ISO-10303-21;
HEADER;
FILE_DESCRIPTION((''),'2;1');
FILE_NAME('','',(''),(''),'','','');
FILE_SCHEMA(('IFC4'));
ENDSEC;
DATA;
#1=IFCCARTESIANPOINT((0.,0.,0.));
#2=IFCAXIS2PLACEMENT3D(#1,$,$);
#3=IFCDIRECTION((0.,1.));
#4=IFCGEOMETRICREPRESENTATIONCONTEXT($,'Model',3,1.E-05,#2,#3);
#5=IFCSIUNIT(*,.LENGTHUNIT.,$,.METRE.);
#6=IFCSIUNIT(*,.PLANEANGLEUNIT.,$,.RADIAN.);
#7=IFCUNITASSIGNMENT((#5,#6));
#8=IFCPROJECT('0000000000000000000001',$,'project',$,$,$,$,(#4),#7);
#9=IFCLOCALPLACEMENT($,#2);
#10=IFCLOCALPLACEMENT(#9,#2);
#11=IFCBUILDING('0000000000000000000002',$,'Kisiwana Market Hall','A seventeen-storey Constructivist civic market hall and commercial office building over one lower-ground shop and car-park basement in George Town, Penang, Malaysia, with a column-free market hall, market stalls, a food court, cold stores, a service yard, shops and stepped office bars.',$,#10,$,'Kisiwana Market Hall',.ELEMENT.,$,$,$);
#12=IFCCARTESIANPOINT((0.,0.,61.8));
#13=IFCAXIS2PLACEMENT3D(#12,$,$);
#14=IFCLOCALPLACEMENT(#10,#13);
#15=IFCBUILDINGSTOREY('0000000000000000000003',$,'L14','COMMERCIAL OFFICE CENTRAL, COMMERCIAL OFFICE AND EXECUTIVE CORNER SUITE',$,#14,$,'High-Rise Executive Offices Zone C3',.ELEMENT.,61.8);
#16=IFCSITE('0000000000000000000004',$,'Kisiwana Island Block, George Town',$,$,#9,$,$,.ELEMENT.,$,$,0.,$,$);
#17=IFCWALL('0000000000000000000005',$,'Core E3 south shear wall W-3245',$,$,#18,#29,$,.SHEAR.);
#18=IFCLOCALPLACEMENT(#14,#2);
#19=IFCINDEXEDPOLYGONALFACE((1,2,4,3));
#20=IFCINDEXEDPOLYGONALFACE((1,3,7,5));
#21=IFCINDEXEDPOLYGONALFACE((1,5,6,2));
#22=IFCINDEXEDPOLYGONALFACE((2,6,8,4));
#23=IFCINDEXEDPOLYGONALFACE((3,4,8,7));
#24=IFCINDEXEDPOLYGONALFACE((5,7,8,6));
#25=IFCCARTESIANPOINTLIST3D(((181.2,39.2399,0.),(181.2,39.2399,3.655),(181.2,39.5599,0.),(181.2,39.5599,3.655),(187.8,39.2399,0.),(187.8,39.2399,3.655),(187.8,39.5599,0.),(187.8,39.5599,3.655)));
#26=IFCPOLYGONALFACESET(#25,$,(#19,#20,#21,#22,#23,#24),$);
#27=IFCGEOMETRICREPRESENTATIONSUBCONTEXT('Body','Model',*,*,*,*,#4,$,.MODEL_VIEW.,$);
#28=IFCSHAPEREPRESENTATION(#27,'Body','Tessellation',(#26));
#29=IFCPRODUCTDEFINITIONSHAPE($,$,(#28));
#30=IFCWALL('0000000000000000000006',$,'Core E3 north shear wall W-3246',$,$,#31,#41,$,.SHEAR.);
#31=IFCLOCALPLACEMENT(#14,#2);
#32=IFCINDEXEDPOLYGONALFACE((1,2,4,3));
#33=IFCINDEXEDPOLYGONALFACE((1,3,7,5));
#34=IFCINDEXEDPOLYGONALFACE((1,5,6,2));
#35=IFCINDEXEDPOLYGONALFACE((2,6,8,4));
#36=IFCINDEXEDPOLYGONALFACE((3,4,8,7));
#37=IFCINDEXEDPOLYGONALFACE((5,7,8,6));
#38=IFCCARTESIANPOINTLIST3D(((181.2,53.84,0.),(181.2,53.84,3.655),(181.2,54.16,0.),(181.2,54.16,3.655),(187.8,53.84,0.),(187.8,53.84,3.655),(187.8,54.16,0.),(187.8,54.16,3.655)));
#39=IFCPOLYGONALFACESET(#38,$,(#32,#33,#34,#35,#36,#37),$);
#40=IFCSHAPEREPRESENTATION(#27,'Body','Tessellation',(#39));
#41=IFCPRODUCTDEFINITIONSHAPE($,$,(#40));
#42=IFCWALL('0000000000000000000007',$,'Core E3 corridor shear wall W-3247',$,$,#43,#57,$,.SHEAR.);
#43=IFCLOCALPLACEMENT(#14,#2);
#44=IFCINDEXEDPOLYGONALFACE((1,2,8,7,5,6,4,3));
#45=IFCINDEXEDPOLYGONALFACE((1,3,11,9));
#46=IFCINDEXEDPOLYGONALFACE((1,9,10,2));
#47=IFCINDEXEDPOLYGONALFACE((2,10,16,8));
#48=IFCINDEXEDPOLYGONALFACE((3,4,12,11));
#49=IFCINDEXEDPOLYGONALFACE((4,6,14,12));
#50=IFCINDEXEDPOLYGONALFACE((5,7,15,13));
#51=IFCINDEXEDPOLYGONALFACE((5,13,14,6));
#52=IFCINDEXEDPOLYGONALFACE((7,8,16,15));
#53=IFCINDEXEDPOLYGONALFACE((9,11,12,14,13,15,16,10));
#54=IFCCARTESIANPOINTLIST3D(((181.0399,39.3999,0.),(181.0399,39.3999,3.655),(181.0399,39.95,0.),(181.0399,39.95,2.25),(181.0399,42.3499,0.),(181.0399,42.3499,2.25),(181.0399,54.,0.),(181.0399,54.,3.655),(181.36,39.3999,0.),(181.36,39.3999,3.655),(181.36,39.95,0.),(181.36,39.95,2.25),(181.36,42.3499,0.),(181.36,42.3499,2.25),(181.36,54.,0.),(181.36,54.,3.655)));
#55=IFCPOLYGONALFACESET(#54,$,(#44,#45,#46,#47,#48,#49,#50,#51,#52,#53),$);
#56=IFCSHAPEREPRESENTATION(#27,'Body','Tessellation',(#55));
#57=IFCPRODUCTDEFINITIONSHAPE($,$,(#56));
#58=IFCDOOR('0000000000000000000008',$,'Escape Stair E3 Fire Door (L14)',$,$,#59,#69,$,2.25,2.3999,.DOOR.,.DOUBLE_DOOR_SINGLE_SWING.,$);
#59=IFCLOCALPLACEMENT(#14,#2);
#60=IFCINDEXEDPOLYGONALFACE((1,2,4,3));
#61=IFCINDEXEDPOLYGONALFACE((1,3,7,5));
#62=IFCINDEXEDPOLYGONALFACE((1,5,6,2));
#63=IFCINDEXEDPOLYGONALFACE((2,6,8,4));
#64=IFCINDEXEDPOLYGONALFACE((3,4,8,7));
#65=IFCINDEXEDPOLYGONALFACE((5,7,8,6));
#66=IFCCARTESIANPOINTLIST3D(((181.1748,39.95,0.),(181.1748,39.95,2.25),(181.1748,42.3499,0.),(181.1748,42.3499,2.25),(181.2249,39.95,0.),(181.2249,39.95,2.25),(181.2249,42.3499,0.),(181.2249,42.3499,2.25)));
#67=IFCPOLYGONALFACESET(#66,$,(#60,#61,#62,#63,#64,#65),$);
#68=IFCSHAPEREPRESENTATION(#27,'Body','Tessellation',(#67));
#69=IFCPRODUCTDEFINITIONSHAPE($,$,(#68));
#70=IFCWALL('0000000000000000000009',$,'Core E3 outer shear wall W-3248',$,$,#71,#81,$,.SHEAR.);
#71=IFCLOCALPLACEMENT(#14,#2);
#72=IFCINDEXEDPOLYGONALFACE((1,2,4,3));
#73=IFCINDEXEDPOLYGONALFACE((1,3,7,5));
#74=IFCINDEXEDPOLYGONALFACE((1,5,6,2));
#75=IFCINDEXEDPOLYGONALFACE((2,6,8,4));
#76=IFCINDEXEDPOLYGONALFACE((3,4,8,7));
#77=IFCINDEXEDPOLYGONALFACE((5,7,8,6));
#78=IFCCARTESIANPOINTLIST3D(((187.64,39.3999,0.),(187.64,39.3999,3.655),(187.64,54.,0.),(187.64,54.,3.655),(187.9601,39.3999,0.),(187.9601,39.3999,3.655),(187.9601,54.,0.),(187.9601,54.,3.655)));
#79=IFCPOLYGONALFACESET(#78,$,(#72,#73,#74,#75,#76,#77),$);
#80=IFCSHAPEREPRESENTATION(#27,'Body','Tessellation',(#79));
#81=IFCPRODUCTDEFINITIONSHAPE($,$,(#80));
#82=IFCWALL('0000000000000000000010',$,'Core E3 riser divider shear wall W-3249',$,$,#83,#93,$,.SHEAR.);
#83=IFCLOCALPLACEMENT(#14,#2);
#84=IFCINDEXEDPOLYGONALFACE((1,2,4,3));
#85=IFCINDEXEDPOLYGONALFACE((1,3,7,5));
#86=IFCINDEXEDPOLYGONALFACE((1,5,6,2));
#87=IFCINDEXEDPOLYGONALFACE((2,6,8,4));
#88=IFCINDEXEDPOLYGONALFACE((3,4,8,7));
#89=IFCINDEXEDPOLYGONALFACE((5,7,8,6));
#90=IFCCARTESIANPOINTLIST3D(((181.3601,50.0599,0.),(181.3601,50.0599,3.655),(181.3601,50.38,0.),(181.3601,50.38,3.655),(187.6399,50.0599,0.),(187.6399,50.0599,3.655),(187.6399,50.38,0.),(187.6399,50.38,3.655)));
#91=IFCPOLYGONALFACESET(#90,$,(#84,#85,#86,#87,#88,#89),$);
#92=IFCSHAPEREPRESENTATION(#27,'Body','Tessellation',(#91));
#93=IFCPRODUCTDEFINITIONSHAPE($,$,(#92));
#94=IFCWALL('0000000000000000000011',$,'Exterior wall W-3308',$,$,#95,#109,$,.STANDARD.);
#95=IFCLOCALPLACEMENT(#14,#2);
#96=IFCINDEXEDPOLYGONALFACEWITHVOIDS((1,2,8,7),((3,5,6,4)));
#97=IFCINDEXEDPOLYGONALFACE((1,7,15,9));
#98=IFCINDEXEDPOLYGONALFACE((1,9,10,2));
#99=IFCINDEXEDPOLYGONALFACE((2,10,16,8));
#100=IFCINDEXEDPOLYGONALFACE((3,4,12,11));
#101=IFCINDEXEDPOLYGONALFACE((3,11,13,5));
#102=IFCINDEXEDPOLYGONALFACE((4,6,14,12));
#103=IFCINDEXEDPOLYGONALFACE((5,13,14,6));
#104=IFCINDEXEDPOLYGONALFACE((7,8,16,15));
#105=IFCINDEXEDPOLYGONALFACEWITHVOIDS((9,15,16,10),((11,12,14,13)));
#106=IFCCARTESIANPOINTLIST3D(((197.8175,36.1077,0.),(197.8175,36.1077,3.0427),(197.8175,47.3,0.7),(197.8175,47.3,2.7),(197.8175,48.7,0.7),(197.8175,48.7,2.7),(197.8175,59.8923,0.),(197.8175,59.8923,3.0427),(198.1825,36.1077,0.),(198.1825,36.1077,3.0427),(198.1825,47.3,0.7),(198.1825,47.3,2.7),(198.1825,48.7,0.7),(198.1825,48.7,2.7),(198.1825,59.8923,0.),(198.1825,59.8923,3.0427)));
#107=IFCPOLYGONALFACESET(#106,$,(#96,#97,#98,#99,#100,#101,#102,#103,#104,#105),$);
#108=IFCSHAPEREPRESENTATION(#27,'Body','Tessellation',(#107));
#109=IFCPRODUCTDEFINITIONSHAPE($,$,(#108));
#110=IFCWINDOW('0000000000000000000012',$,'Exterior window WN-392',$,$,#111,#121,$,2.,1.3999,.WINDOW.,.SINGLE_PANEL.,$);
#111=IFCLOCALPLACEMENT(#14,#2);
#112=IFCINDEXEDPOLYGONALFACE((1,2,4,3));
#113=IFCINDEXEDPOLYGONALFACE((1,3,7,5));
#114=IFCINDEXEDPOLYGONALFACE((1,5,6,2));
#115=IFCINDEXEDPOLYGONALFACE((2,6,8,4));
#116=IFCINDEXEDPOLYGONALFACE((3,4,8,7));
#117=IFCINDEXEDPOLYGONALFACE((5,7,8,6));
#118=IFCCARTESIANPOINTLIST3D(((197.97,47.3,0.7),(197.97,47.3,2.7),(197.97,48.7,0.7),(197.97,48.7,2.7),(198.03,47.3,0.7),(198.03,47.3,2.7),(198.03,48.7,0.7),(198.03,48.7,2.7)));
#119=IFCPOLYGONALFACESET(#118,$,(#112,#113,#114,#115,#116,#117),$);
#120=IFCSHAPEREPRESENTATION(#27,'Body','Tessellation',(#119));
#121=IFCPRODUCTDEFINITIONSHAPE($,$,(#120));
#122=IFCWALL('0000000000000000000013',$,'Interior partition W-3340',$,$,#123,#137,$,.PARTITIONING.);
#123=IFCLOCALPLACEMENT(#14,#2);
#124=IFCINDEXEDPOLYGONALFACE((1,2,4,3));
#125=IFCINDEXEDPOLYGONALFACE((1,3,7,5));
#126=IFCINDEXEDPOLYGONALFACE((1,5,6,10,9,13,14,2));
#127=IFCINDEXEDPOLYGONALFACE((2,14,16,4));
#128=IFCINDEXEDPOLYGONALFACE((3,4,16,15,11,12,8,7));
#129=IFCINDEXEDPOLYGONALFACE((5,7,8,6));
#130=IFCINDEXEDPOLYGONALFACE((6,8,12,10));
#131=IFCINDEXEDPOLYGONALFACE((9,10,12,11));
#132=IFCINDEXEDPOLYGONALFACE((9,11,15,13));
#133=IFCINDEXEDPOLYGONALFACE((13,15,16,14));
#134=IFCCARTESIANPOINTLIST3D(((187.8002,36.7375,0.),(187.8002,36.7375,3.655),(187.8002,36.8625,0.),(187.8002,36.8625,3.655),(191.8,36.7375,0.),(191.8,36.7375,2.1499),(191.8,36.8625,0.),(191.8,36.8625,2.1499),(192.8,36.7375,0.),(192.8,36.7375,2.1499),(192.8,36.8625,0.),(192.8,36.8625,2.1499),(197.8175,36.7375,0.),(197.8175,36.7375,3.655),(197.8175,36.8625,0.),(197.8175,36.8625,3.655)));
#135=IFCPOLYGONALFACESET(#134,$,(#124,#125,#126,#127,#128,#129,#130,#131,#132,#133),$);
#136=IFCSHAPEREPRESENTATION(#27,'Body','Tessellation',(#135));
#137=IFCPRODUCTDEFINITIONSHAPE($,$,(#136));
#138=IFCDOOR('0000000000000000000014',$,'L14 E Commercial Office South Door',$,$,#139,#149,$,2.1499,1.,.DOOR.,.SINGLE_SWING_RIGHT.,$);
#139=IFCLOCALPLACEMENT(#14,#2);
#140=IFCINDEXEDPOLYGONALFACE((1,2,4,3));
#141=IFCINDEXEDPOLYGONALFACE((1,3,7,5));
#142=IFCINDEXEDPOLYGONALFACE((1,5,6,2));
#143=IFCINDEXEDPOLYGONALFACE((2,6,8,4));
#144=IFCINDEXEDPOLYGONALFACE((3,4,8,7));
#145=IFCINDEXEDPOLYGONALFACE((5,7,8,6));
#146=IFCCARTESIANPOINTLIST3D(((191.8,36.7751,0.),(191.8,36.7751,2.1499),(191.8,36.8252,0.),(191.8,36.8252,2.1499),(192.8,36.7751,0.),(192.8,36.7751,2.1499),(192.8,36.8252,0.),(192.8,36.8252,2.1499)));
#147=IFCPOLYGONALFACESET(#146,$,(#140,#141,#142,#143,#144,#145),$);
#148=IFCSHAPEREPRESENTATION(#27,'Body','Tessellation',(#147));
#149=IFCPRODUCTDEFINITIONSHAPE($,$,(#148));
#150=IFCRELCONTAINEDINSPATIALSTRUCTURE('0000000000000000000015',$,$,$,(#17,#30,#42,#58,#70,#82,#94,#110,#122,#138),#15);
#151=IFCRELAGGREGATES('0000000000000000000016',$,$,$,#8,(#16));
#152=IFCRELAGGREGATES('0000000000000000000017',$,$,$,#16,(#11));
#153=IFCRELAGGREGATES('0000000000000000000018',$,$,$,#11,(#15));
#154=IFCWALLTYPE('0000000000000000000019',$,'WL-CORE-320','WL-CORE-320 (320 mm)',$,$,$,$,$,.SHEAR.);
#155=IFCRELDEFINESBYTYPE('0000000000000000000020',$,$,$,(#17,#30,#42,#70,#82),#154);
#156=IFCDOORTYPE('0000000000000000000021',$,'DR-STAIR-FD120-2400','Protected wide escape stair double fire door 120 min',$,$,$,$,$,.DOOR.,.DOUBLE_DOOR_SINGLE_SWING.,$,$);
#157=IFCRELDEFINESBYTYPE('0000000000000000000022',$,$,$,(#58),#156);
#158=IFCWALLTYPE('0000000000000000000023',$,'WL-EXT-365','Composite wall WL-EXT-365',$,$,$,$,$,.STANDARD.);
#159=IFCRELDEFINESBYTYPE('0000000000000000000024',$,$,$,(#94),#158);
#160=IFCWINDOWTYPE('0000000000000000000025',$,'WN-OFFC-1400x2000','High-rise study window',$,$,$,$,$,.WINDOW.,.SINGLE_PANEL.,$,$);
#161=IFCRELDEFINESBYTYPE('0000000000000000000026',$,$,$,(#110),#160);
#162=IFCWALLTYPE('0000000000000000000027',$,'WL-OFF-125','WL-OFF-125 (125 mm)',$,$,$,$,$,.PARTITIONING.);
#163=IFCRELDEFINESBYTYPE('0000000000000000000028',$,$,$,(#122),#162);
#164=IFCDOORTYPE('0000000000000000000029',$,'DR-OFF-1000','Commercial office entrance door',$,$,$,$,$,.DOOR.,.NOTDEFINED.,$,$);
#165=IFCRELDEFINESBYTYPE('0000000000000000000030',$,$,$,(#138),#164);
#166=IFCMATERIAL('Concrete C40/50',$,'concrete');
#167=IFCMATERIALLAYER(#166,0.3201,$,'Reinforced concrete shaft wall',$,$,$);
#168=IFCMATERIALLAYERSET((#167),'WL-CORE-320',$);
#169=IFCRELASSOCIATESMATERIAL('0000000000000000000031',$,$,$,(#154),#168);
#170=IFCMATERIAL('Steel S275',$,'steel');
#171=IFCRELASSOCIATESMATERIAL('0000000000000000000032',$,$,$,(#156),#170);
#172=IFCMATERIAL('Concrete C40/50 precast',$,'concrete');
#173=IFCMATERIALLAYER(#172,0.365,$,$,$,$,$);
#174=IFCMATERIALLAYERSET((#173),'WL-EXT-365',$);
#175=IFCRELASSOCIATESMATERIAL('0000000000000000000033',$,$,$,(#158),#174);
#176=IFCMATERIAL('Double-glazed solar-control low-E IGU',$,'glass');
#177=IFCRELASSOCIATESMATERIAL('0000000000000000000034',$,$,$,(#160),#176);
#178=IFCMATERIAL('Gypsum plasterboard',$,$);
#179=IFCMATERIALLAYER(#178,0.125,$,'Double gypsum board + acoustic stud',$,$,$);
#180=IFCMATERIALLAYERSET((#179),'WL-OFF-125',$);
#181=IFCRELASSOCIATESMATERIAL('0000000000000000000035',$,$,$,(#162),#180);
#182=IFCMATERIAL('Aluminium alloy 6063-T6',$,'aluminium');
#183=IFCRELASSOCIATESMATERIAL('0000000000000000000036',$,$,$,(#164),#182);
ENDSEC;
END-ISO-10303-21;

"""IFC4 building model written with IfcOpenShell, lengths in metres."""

from ifc_helpers import new_model, si_unit, direction, frame, frame_2d, origin, place, context, subcontext, project, spatial, rectangle, extrude, material, layer, layer_set, type_object, element, fill, save


model = new_model("IFC4")

# Units and contexts
model_context = context("Model", 3, precision=1e-05, world=origin(), true_north=direction((0.0, 1.0)))
body_context = subcontext(model_context, "Body", "Model", "MODEL_VIEW")
ifc_project = project(units=[si_unit("LENGTHUNIT", "METRE"), si_unit("PLANEANGLEUNIT", "RADIAN")], contexts=[model_context])

# Site, building, storey
site_placement = place(None, origin())
site = spatial("IfcSite", under=ifc_project, at=site_placement, Name="Kisiwana Island Block, George Town", CompositionType="ELEMENT", RefElevation=0.0)
building_placement = place(site_placement, origin())
building = spatial("IfcBuilding", under=site, at=building_placement, Name="Kisiwana Market Hall", Description="A seventeen-storey Constructivist civic market hall and commercial office building over one lower-ground shop and car-park basement in George Town, Penang, Malaysia, with a column-free market hall, market stalls, a food court, cold stores, a service yard, shops and stepped office bars.", LongName="Kisiwana Market Hall", CompositionType="ELEMENT")
storey_placement = place(building_placement, frame((0.0, 0.0, 61.8)))
storey = spatial("IfcBuildingStorey", under=building, at=storey_placement, Name="L14", Description="COMMERCIAL OFFICE CENTRAL, COMMERCIAL OFFICE AND EXECUTIVE CORNER SUITE", LongName="High-Rise Executive Offices Zone C3", CompositionType="ELEMENT", Elevation=61.8)

# Walls
ifc_material_1 = material(Name="Concrete C40/50", Category="concrete")
ifc_layer_1 = layer(ifc_material_1, 0.3201, Name="Reinforced concrete shaft wall")
ifc_layer_set_1 = layer_set([ifc_layer_1], Name="WL-CORE-320")
wall_type_1 = type_object("IfcWallType", Name="WL-CORE-320", Description="WL-CORE-320 (320 mm)", PredefinedType="SHEAR", material=ifc_layer_set_1)
for number, where, z_axis, x_axis, name in (
    (1, (181.2, 39.3999, 0.0), (0.0, 0.0, 1.0), (1.0, 0.0, 0.0), "Core E3 south shear wall W-3245"),
    (2, (181.2, 54.0, 0.0), (0.0, 0.0, 1.0), (1.0, 0.0, 0.0), "Core E3 north shear wall W-3246"),
):
    element("IfcWall", number, at=place(storey_placement, frame(where, z_axis=z_axis, x_axis=x_axis)), inside=storey, type_object=wall_type_1, Name=name, PredefinedType="SHEAR", context=body_context, shape_type="SweptSolid", body=[
        extrude(rectangle(XDim=6.6001, YDim=0.3201, at=frame_2d((3.3, 0.0))), origin(), (0.0, 0.0, 1.0), 3.655),
    ])

# Wall, opening, door
wall_1_placement = place(storey_placement, frame((181.2, 39.3999, 0.0), z_axis=(0.0, 0.0, 1.0), x_axis=(0.0, 1.0, 0.0)))
wall_1 = element("IfcWall", 3, at=wall_1_placement, inside=storey, type_object=wall_type_1, Name="Core E3 corridor shear wall W-3247", PredefinedType="SHEAR", context=body_context, shape_type="SweptSolid", body=[
    extrude(rectangle(XDim=14.6001, YDim=0.3201, at=frame_2d((7.3, 0.0))), origin(), (0.0, 0.0, 1.0), 3.655),
])
opening_1_placement = place(wall_1_placement, frame((0.55, 0.0, 0.0)))
opening_1 = element("IfcOpeningElement", 4, at=opening_1_placement, cuts=wall_1, PredefinedType="OPENING", context=body_context, shape_type="SweptSolid", body=[
    extrude(rectangle(XDim=2.3999, YDim=2.25, at=frame_2d((1.2, 1.125))), frame((0.0, 0.1719, 0.0), z_axis=(0.0, -1.0, 0.0), x_axis=(1.0, 0.0, 0.0)), (0.0, 0.0, 1.0), 0.344),
])
ifc_material_2 = material(Name="Steel S275", Category="steel")
door_type_1 = type_object("IfcDoorType", Name="DR-STAIR-FD120-2400", Description="Protected wide escape stair double fire door 120 min", OperationType="DOUBLE_DOOR_SINGLE_SWING", PredefinedType="DOOR", material=ifc_material_2)
door_1_placement = place(opening_1_placement, frame((2.3999, 0.0, 0.0), z_axis=(0.0, 0.0, 1.0), x_axis=(-1.0, 0.0, 0.0)))
door_1 = element("IfcDoor", 5, at=door_1_placement, inside=storey, type_object=door_type_1, Name="Escape Stair E3 Fire Door (L14)", OperationType="DOUBLE_DOOR_SINGLE_SWING", OverallHeight=2.25, OverallWidth=2.3999, PredefinedType="DOOR", context=body_context, shape_type="SweptSolid", body=[
    extrude(rectangle(XDim=2.3999, YDim=2.25, at=frame_2d((1.2, 1.125))), frame((0.0, 0.0249, 0.0), z_axis=(0.0, -1.0, 0.0), x_axis=(1.0, 0.0, 0.0)), (0.0, 0.0, 1.0), 0.05),
])
fill(opening_1, door_1)

# Walls
wall_2_placement = place(storey_placement, frame((187.8, 39.3999, 0.0), z_axis=(0.0, 0.0, 1.0), x_axis=(0.0, 1.0, 0.0)))
element("IfcWall", 6, at=wall_2_placement, inside=storey, type_object=wall_type_1, Name="Core E3 outer shear wall W-3248", PredefinedType="SHEAR", context=body_context, shape_type="SweptSolid", body=[
    extrude(rectangle(XDim=14.6001, YDim=0.3201, at=frame_2d((7.3, 0.0))), origin(), (0.0, 0.0, 1.0), 3.655),
])
wall_3_placement = place(storey_placement, frame((181.3601, 50.22, 0.0), z_axis=(0.0, 0.0, 1.0), x_axis=(1.0, 0.0, 0.0)))
element("IfcWall", 7, at=wall_3_placement, inside=storey, type_object=wall_type_1, Name="Core E3 riser divider shear wall W-3249", PredefinedType="SHEAR", context=body_context, shape_type="SweptSolid", body=[
    extrude(rectangle(XDim=6.2798, YDim=0.3201, at=frame_2d((3.1399, 0.0))), origin(), (0.0, 0.0, 1.0), 3.655),
])

# Wall, opening, window
ifc_material_3 = material(Name="Concrete C40/50 precast", Category="concrete")
ifc_layer_2 = layer(ifc_material_3, 0.365)
ifc_layer_set_2 = layer_set([ifc_layer_2], Name="WL-EXT-365")
wall_type_2 = type_object("IfcWallType", Name="WL-EXT-365", Description="Composite wall WL-EXT-365", PredefinedType="STANDARD", material=ifc_layer_set_2)
wall_4_placement = place(storey_placement, frame((198.0, 36.1077, 0.0), z_axis=(0.0, 0.0, 1.0), x_axis=(0.0, 1.0, 0.0)))
wall_4 = element("IfcWall", 8, at=wall_4_placement, inside=storey, type_object=wall_type_2, Name="Exterior wall W-3308", PredefinedType="STANDARD", context=body_context, shape_type="SweptSolid", body=[
    extrude(rectangle(XDim=23.7847, YDim=0.365, at=frame_2d((11.8923, 0.0))), origin(), (0.0, 0.0, 1.0), 3.0427),
])
opening_2_placement = place(wall_4_placement, frame((11.1924, 0.0, 0.7)))
opening_2 = element("IfcOpeningElement", 9, at=opening_2_placement, cuts=wall_4, PredefinedType="OPENING", context=body_context, shape_type="SweptSolid", body=[
    extrude(rectangle(XDim=1.3999, YDim=2.0, at=frame_2d((0.7, 1.0))), frame((0.0, 0.1943, 0.0), z_axis=(0.0, -1.0, 0.0), x_axis=(1.0, 0.0, 0.0)), (0.0, 0.0, 1.0), 0.3889),
])
ifc_material_4 = material(Name="Double-glazed solar-control low-E IGU", Category="glass")
window_type = type_object("IfcWindowType", Name="WN-OFFC-1400x2000", Description="High-rise study window", PartitioningType="SINGLE_PANEL", PredefinedType="WINDOW", material=ifc_material_4)
window_placement = place(opening_2_placement, origin())
window = element("IfcWindow", 10, at=window_placement, inside=storey, type_object=window_type, Name="Exterior window WN-392", OverallHeight=2.0, OverallWidth=1.3999, PartitioningType="SINGLE_PANEL", PredefinedType="WINDOW", context=body_context, shape_type="SweptSolid", body=[
    extrude(rectangle(XDim=1.3999, YDim=2.0, at=frame_2d((0.7, 1.0))), frame((0.0, 0.03, 0.0), z_axis=(0.0, -1.0, 0.0), x_axis=(1.0, 0.0, 0.0)), (0.0, 0.0, 1.0), 0.0601),
])
fill(opening_2, window)

# Wall, opening, door
ifc_material_5 = material(Name="Gypsum plasterboard")
ifc_layer_3 = layer(ifc_material_5, 0.125, Name="Double gypsum board + acoustic stud")
ifc_layer_set_3 = layer_set([ifc_layer_3], Name="WL-OFF-125")
wall_type_3 = type_object("IfcWallType", Name="WL-OFF-125", Description="WL-OFF-125 (125 mm)", PredefinedType="PARTITIONING", material=ifc_layer_set_3)
wall_5_placement = place(storey_placement, frame((187.8, 36.8, 0.0), z_axis=(0.0, 0.0, 1.0), x_axis=(1.0, 0.0, 0.0)))
wall_5 = element("IfcWall", 11, at=wall_5_placement, inside=storey, type_object=wall_type_3, Name="Interior partition W-3340", PredefinedType="PARTITIONING", context=body_context, shape_type="SweptSolid", body=[
    extrude(rectangle(XDim=10.0173, YDim=0.125, at=frame_2d((5.0088, 0.0))), origin(), (0.0, 0.0, 1.0), 3.655),
])
opening_3_placement = place(wall_5_placement, frame((4.0, 0.0, 0.0)))
opening_3 = element("IfcOpeningElement", 12, at=opening_3_placement, cuts=wall_5, PredefinedType="OPENING", context=body_context, shape_type="SweptSolid", body=[
    extrude(rectangle(XDim=1.0, YDim=2.1499, at=frame_2d((0.5, 1.075))), frame((0.0, 0.0745, 0.0), z_axis=(0.0, -1.0, 0.0), x_axis=(1.0, 0.0, 0.0)), (0.0, 0.0, 1.0), 0.1489),
])
ifc_material_6 = material(Name="Aluminium alloy 6063-T6", Category="aluminium")
door_type_2 = type_object("IfcDoorType", Name="DR-OFF-1000", Description="Commercial office entrance door", OperationType="NOTDEFINED", PredefinedType="DOOR", material=ifc_material_6)
door_2_placement = place(opening_3_placement, frame((1.0, 0.0, 0.0), z_axis=(0.0, 0.0, 1.0), x_axis=(-1.0, 0.0, 0.0)))
door_2 = element("IfcDoor", 13, at=door_2_placement, inside=storey, type_object=door_type_2, Name="L14 E Commercial Office South Door", OperationType="SINGLE_SWING_RIGHT", OverallHeight=2.1499, OverallWidth=1.0, PredefinedType="DOOR", context=body_context, shape_type="SweptSolid", body=[
    extrude(rectangle(XDim=1.0, YDim=2.1499, at=frame_2d((0.5, 1.075))), frame((0.0, 0.0249, 0.0), z_axis=(0.0, -1.0, 0.0), x_axis=(1.0, 0.0, 0.0)), (0.0, 0.0, 1.0), 0.05),
])
fill(opening_3, door_2)

save(model, "model.ifc")
